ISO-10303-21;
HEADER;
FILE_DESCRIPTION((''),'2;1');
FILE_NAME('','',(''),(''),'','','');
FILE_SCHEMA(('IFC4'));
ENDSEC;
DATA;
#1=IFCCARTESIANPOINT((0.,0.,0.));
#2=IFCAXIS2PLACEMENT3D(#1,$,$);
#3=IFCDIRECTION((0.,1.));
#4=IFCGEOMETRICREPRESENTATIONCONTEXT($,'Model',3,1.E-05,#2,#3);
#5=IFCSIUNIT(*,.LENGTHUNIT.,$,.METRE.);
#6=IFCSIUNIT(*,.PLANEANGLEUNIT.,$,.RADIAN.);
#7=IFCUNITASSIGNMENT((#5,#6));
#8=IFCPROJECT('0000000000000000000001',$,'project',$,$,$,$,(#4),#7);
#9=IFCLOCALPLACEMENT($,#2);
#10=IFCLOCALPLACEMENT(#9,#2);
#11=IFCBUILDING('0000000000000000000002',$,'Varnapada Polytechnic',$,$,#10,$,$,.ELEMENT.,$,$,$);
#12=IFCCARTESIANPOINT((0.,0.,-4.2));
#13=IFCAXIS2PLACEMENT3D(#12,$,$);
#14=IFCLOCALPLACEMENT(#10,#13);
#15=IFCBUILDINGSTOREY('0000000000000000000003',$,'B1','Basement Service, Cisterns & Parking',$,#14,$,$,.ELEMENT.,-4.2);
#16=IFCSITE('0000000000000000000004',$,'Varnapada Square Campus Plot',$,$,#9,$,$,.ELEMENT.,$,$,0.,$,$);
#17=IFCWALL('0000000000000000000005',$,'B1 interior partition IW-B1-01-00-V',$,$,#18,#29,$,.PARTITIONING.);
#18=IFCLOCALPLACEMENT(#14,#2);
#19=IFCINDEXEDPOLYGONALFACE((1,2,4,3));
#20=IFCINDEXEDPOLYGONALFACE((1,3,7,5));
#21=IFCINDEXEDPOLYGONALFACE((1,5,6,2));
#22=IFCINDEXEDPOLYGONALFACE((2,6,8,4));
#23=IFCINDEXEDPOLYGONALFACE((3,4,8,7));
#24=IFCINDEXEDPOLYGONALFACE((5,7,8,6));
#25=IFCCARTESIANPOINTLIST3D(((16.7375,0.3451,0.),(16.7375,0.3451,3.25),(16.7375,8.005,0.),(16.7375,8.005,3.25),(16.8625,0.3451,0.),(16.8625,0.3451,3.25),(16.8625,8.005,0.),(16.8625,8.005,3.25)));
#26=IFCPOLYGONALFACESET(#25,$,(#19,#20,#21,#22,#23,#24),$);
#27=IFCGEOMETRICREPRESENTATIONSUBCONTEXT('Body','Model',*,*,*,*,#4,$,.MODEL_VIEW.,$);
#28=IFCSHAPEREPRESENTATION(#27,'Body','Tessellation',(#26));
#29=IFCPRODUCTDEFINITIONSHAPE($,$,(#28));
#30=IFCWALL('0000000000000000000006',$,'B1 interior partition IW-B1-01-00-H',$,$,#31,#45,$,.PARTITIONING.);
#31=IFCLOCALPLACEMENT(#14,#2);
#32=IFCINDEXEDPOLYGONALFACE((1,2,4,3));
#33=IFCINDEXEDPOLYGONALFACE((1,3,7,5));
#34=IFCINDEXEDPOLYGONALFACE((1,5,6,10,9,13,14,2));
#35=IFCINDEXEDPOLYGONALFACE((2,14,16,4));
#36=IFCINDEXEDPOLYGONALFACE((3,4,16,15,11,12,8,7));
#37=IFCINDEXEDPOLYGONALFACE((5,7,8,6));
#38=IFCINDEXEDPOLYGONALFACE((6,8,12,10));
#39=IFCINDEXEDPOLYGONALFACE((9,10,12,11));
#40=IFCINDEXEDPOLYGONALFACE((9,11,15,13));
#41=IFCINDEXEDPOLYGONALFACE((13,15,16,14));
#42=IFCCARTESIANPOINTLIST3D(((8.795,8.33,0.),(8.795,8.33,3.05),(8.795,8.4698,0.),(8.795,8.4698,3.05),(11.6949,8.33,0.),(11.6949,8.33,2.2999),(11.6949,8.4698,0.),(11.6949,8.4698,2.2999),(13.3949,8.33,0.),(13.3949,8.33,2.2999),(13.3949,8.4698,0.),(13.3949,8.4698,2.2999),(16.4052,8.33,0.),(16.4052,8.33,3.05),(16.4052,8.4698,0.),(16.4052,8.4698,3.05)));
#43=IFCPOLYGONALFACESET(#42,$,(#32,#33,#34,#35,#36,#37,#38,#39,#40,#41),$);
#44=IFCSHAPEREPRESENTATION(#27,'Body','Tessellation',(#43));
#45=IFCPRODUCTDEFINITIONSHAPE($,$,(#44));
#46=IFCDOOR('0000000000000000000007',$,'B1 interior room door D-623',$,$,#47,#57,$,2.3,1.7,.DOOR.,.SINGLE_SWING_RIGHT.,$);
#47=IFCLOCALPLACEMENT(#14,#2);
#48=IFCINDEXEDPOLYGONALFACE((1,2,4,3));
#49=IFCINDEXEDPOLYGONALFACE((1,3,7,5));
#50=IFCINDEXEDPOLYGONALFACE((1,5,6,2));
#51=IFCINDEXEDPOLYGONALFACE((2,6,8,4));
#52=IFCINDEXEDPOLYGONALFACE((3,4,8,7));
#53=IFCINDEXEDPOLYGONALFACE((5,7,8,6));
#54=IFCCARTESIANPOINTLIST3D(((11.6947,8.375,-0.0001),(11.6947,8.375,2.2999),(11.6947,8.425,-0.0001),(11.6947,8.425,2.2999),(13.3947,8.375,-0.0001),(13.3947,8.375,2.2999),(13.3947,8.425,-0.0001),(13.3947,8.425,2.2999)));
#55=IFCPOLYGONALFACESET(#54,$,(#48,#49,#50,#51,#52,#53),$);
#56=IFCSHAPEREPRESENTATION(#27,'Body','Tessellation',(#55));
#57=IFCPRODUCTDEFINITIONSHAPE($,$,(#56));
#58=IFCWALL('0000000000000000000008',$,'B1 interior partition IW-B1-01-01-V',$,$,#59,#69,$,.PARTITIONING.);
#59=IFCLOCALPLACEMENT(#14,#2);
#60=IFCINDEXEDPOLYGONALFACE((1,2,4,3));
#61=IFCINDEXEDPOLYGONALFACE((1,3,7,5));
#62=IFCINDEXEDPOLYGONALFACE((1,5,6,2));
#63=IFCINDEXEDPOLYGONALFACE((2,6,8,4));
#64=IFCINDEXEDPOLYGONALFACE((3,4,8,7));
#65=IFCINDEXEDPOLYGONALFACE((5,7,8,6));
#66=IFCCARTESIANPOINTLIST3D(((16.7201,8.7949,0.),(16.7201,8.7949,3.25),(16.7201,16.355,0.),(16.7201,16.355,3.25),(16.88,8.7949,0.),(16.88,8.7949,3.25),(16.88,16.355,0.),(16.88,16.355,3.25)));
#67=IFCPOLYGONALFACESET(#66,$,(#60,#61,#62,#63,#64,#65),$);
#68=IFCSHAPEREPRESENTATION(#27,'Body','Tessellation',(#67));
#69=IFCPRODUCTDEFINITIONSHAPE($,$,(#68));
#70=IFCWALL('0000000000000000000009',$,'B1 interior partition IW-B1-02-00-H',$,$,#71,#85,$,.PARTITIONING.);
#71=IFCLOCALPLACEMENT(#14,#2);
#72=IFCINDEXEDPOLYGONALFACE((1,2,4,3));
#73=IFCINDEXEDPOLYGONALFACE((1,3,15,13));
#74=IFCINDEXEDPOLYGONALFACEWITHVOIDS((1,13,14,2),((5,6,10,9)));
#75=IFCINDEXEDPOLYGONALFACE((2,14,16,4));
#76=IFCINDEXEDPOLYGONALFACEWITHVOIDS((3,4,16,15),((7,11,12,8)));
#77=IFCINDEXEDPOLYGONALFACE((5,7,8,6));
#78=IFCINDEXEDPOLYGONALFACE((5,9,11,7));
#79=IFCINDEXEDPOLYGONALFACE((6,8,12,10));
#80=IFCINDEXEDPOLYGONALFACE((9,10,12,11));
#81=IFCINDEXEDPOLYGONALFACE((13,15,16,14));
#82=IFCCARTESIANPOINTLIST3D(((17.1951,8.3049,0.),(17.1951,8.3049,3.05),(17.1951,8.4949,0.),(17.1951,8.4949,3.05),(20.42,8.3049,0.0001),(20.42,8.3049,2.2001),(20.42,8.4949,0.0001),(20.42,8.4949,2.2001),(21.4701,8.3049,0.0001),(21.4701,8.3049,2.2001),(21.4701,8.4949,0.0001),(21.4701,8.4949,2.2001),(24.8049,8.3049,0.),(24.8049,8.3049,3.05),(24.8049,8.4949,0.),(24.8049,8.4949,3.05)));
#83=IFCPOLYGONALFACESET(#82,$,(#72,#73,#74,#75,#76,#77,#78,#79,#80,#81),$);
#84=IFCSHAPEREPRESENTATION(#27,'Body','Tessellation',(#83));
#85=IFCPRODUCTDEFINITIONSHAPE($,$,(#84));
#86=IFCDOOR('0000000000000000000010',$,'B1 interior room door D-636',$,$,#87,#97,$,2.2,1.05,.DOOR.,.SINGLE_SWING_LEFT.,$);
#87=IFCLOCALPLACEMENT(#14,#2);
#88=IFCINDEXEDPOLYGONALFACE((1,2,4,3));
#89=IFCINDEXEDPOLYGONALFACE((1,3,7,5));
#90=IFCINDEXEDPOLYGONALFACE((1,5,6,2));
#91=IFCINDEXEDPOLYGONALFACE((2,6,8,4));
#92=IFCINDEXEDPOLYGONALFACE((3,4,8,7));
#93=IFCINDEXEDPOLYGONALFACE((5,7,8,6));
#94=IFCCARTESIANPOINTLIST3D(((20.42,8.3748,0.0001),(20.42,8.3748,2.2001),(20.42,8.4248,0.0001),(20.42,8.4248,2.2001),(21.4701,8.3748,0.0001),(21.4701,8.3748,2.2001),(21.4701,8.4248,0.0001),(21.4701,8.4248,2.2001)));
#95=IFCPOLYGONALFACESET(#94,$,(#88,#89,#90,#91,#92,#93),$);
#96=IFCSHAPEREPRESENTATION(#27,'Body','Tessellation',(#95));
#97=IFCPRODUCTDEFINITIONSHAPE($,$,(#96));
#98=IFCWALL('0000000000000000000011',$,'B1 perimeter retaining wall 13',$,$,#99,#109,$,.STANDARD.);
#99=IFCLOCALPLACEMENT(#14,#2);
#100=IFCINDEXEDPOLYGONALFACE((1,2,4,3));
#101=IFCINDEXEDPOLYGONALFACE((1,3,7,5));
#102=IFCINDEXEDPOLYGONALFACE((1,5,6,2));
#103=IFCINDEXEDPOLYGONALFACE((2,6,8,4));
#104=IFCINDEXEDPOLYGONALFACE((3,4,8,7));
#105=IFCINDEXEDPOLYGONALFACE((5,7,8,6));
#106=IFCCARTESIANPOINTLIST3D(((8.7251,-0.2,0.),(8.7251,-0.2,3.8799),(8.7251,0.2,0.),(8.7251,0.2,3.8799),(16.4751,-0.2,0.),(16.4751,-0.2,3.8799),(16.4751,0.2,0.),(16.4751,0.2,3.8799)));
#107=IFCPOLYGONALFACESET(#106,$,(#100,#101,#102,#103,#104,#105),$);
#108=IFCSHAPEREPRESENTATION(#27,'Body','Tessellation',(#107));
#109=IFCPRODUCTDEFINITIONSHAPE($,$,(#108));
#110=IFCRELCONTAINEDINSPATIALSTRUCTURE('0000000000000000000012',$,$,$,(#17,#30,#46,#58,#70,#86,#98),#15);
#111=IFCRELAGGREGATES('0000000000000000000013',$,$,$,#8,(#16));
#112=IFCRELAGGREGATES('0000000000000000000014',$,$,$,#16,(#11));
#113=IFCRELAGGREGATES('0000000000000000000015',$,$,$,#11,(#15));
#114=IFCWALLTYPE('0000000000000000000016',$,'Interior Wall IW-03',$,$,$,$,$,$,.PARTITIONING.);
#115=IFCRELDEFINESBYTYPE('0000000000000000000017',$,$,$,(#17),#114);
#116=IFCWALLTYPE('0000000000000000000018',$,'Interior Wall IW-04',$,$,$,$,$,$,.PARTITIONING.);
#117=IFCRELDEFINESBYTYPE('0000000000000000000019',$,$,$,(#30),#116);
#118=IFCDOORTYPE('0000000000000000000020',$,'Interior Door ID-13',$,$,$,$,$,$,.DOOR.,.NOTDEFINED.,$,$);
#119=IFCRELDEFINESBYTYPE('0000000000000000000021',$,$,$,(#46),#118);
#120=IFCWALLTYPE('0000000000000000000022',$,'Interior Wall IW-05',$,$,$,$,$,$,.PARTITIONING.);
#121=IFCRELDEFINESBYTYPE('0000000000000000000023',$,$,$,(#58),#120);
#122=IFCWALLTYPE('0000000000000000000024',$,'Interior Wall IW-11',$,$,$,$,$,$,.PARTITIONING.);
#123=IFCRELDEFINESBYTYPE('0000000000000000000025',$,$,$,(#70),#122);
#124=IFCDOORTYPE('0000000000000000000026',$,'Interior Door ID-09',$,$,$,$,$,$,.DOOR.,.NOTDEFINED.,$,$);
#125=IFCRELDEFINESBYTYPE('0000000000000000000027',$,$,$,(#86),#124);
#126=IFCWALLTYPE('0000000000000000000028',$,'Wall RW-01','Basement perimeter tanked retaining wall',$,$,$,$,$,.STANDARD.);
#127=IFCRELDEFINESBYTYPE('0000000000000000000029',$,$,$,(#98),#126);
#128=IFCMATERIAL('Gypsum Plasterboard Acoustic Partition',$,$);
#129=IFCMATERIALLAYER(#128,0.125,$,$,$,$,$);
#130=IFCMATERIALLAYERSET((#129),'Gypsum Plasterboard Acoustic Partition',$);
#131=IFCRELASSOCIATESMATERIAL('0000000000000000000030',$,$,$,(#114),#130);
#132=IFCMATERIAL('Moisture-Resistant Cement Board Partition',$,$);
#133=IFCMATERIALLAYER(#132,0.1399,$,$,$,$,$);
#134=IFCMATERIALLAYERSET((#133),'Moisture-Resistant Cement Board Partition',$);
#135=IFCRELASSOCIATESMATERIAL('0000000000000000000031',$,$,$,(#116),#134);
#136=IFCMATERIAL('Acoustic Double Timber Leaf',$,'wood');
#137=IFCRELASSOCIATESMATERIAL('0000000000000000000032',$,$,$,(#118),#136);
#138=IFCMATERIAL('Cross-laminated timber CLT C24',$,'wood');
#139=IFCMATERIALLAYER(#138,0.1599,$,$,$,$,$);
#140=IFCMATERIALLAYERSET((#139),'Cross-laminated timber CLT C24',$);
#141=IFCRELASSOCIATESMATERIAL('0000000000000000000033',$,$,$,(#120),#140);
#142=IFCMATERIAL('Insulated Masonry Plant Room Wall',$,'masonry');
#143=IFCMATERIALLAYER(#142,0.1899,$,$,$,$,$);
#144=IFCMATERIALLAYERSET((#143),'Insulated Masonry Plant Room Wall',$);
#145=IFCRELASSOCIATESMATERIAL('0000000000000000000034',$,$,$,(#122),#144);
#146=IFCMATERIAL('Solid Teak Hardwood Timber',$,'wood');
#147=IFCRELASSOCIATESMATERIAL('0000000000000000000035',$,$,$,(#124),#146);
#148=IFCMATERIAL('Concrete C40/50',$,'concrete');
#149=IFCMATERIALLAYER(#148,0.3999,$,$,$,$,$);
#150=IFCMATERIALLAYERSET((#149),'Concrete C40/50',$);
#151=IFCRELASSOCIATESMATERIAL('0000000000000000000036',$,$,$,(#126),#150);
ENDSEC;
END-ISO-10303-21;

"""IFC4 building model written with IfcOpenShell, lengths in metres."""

from ifc_helpers import new_model, si_unit, direction, frame, frame_2d, origin, place, context, subcontext, project, spatial, rectangle, extrude, material, layer, layer_set, type_object, element, fill, save


model = new_model("IFC4")

# Units and contexts
model_context = context("Model", 3, precision=1e-05, world=origin(), true_north=direction((0.0, 1.0)))
body_context = subcontext(model_context, "Body", "Model", "MODEL_VIEW")
ifc_project = project(units=[si_unit("LENGTHUNIT", "METRE"), si_unit("PLANEANGLEUNIT", "RADIAN")], contexts=[model_context])

# Site, building, storey
site_placement = place(None, origin())
site = spatial("IfcSite", under=ifc_project, at=site_placement, Name="Varnapada Square Campus Plot", CompositionType="ELEMENT", RefElevation=0.0)
building_placement = place(site_placement, origin())
building = spatial("IfcBuilding", under=site, at=building_placement, Name="Varnapada Polytechnic", CompositionType="ELEMENT")
storey_placement = place(building_placement, frame((0.0, 0.0, -4.2)))
storey = spatial("IfcBuildingStorey", under=building, at=storey_placement, Name="B1", Description="Basement Service, Cisterns & Parking", CompositionType="ELEMENT", Elevation=-4.2)

# Shared definitions
ifc_material_1 = material(Name="Concrete C40/50", Category="concrete")

# Wall
ifc_material_2 = material(Name="Gypsum Plasterboard Acoustic Partition")
ifc_layer_1 = layer(ifc_material_2, 0.125)
ifc_layer_set_1 = layer_set([ifc_layer_1], Name="Gypsum Plasterboard Acoustic Partition")
wall_type_1 = type_object("IfcWallType", Name="Interior Wall IW-03", PredefinedType="PARTITIONING", material=ifc_layer_set_1)
wall_1_placement = place(storey_placement, frame((16.8, 0.345, 0.0), z_axis=(0.0, 0.0, 1.0), x_axis=(0.0, 1.0, 0.0)))
element("IfcWall", 1, at=wall_1_placement, inside=storey, type_object=wall_type_1, Name="B1 interior partition IW-B1-01-00-V", PredefinedType="PARTITIONING", context=body_context, shape_type="SweptSolid", body=[
    extrude(rectangle(XDim=7.6599, YDim=0.125, at=frame_2d((3.8301, 0.0))), origin(), (0.0, 0.0, 1.0), 3.25),
])

# Wall, opening, door
ifc_material_3 = material(Name="Moisture-Resistant Cement Board Partition")
ifc_layer_2 = layer(ifc_material_3, 0.1399)
ifc_layer_set_2 = layer_set([ifc_layer_2], Name="Moisture-Resistant Cement Board Partition")
wall_type_2 = type_object("IfcWallType", Name="Interior Wall IW-04", PredefinedType="PARTITIONING", material=ifc_layer_set_2)
wall_2_placement = place(storey_placement, frame((8.7949, 8.3999, 0.0), z_axis=(0.0, 0.0, 1.0), x_axis=(1.0, 0.0, 0.0)))
wall_2 = element("IfcWall", 2, at=wall_2_placement, inside=storey, type_object=wall_type_2, Name="B1 interior partition IW-B1-01-00-H", PredefinedType="PARTITIONING", context=body_context, shape_type="SweptSolid", body=[
    extrude(rectangle(XDim=7.6101, YDim=0.1399, at=frame_2d((3.8052, 0.0))), origin(), (0.0, 0.0, 1.0), 3.05),
])
opening_1_placement = place(wall_2_placement, frame((2.8999, 0.0, 0.0)))
opening_1 = element("IfcOpeningElement", 3, at=opening_1_placement, cuts=wall_2, PredefinedType="OPENING", context=body_context, shape_type="SweptSolid", body=[
    extrude(rectangle(XDim=1.7, YDim=2.3, at=frame_2d((0.8501, 1.1499))), frame((0.0, 0.0798, 0.0), z_axis=(0.0, -1.0, 0.0), x_axis=(1.0, 0.0, 0.0)), (0.0, 0.0, 1.0), 0.1599),
])
ifc_material_4 = material(Name="Acoustic Double Timber Leaf", Category="wood")
door_type_1 = type_object("IfcDoorType", Name="Interior Door ID-13", OperationType="NOTDEFINED", PredefinedType="DOOR", material=ifc_material_4)
door_1_placement = place(opening_1_placement, frame((1.7, 0.0, 0.0), z_axis=(0.0, 0.0, 1.0), x_axis=(-1.0, 0.0, 0.0)))
door_1 = element("IfcDoor", 4, at=door_1_placement, inside=storey, type_object=door_type_1, Name="B1 interior room door D-623", OperationType="SINGLE_SWING_RIGHT", OverallHeight=2.3, OverallWidth=1.7, PredefinedType="DOOR", context=body_context, shape_type="SweptSolid", body=[
    extrude(rectangle(XDim=1.7, YDim=2.3, at=frame_2d((0.8501, 1.1499))), frame((0.0, 0.0249, 0.0), z_axis=(0.0, -1.0, 0.0), x_axis=(1.0, 0.0, 0.0)), (0.0, 0.0, 1.0), 0.05),
])
fill(opening_1, door_1)

# Wall
ifc_material_5 = material(Name="Cross-laminated timber CLT C24", Category="wood")
ifc_layer_3 = layer(ifc_material_5, 0.1599)
ifc_layer_set_3 = layer_set([ifc_layer_3], Name="Cross-laminated timber CLT C24")
wall_type_3 = type_object("IfcWallType", Name="Interior Wall IW-05", PredefinedType="PARTITIONING", material=ifc_layer_set_3)
wall_3_placement = place(storey_placement, frame((16.8, 8.7949, 0.0), z_axis=(0.0, 0.0, 1.0), x_axis=(0.0, 1.0, 0.0)))
element("IfcWall", 5, at=wall_3_placement, inside=storey, type_object=wall_type_3, Name="B1 interior partition IW-B1-01-01-V", PredefinedType="PARTITIONING", context=body_context, shape_type="SweptSolid", body=[
    extrude(rectangle(XDim=7.5601, YDim=0.1599, at=frame_2d((3.78, 0.0))), origin(), (0.0, 0.0, 1.0), 3.25),
])

# Wall, opening, door
ifc_material_6 = material(Name="Insulated Masonry Plant Room Wall", Category="masonry")
ifc_layer_4 = layer(ifc_material_6, 0.1899)
ifc_layer_set_4 = layer_set([ifc_layer_4], Name="Insulated Masonry Plant Room Wall")
wall_type_4 = type_object("IfcWallType", Name="Interior Wall IW-11", PredefinedType="PARTITIONING", material=ifc_layer_set_4)
wall_4_placement = place(storey_placement, frame((17.1951, 8.3999, 0.0), z_axis=(0.0, 0.0, 1.0), x_axis=(1.0, 0.0, 0.0)))
wall_4 = element("IfcWall", 6, at=wall_4_placement, inside=storey, type_object=wall_type_4, Name="B1 interior partition IW-B1-02-00-H", PredefinedType="PARTITIONING", context=body_context, shape_type="SweptSolid", body=[
    extrude(rectangle(XDim=7.6099, YDim=0.1899, at=frame_2d((3.8049, 0.0))), origin(), (0.0, 0.0, 1.0), 3.05),
])
opening_2_placement = place(wall_4_placement, frame((3.2251, 0.0, 0.0)))
opening_2 = element("IfcOpeningElement", 7, at=opening_2_placement, cuts=wall_4, PredefinedType="OPENING", context=body_context, shape_type="SweptSolid", body=[
    extrude(rectangle(XDim=1.05, YDim=2.2, at=frame_2d((0.5249, 1.1001))), frame((0.0, 0.105, 0.0), z_axis=(0.0, -1.0, 0.0), x_axis=(1.0, 0.0, 0.0)), (0.0, 0.0, 1.0), 0.21),
])
ifc_material_7 = material(Name="Solid Teak Hardwood Timber", Category="wood")
door_type_2 = type_object("IfcDoorType", Name="Interior Door ID-09", OperationType="NOTDEFINED", PredefinedType="DOOR", material=ifc_material_7)
door_2_placement = place(opening_2_placement, origin())
door_2 = element("IfcDoor", 8, at=door_2_placement, inside=storey, type_object=door_type_2, Name="B1 interior room door D-636", OperationType="SINGLE_SWING_LEFT", OverallHeight=2.2, OverallWidth=1.05, PredefinedType="DOOR", context=body_context, shape_type="SweptSolid", body=[
    extrude(rectangle(XDim=1.05, YDim=2.2, at=frame_2d((0.5249, 1.1001))), frame((0.0, 0.0249, 0.0), z_axis=(0.0, -1.0, 0.0), x_axis=(1.0, 0.0, 0.0)), (0.0, 0.0, 1.0), 0.05),
])
fill(opening_2, door_2)

# Wall
ifc_layer_5 = layer(ifc_material_1, 0.3999)
ifc_layer_set_5 = layer_set([ifc_layer_5], Name="Concrete C40/50")
wall_type_5 = type_object("IfcWallType", Name="Wall RW-01", Description="Basement perimeter tanked retaining wall", PredefinedType="STANDARD", material=ifc_layer_set_5)
wall_5_placement = place(storey_placement, frame((16.4751, 0.0, 0.0), z_axis=(0.0, 0.0, 1.0), x_axis=(-1.0, 0.0, 0.0)))
element("IfcWall", 9, at=wall_5_placement, inside=storey, type_object=wall_type_5, Name="B1 perimeter retaining wall 13", PredefinedType="STANDARD", context=body_context, shape_type="SweptSolid", body=[
    extrude(rectangle(XDim=7.75, YDim=0.3999, at=frame_2d((3.875, 0.0))), origin(), (0.0, 0.0, 1.0), 3.8799),
])

save(model, "model.ifc")
